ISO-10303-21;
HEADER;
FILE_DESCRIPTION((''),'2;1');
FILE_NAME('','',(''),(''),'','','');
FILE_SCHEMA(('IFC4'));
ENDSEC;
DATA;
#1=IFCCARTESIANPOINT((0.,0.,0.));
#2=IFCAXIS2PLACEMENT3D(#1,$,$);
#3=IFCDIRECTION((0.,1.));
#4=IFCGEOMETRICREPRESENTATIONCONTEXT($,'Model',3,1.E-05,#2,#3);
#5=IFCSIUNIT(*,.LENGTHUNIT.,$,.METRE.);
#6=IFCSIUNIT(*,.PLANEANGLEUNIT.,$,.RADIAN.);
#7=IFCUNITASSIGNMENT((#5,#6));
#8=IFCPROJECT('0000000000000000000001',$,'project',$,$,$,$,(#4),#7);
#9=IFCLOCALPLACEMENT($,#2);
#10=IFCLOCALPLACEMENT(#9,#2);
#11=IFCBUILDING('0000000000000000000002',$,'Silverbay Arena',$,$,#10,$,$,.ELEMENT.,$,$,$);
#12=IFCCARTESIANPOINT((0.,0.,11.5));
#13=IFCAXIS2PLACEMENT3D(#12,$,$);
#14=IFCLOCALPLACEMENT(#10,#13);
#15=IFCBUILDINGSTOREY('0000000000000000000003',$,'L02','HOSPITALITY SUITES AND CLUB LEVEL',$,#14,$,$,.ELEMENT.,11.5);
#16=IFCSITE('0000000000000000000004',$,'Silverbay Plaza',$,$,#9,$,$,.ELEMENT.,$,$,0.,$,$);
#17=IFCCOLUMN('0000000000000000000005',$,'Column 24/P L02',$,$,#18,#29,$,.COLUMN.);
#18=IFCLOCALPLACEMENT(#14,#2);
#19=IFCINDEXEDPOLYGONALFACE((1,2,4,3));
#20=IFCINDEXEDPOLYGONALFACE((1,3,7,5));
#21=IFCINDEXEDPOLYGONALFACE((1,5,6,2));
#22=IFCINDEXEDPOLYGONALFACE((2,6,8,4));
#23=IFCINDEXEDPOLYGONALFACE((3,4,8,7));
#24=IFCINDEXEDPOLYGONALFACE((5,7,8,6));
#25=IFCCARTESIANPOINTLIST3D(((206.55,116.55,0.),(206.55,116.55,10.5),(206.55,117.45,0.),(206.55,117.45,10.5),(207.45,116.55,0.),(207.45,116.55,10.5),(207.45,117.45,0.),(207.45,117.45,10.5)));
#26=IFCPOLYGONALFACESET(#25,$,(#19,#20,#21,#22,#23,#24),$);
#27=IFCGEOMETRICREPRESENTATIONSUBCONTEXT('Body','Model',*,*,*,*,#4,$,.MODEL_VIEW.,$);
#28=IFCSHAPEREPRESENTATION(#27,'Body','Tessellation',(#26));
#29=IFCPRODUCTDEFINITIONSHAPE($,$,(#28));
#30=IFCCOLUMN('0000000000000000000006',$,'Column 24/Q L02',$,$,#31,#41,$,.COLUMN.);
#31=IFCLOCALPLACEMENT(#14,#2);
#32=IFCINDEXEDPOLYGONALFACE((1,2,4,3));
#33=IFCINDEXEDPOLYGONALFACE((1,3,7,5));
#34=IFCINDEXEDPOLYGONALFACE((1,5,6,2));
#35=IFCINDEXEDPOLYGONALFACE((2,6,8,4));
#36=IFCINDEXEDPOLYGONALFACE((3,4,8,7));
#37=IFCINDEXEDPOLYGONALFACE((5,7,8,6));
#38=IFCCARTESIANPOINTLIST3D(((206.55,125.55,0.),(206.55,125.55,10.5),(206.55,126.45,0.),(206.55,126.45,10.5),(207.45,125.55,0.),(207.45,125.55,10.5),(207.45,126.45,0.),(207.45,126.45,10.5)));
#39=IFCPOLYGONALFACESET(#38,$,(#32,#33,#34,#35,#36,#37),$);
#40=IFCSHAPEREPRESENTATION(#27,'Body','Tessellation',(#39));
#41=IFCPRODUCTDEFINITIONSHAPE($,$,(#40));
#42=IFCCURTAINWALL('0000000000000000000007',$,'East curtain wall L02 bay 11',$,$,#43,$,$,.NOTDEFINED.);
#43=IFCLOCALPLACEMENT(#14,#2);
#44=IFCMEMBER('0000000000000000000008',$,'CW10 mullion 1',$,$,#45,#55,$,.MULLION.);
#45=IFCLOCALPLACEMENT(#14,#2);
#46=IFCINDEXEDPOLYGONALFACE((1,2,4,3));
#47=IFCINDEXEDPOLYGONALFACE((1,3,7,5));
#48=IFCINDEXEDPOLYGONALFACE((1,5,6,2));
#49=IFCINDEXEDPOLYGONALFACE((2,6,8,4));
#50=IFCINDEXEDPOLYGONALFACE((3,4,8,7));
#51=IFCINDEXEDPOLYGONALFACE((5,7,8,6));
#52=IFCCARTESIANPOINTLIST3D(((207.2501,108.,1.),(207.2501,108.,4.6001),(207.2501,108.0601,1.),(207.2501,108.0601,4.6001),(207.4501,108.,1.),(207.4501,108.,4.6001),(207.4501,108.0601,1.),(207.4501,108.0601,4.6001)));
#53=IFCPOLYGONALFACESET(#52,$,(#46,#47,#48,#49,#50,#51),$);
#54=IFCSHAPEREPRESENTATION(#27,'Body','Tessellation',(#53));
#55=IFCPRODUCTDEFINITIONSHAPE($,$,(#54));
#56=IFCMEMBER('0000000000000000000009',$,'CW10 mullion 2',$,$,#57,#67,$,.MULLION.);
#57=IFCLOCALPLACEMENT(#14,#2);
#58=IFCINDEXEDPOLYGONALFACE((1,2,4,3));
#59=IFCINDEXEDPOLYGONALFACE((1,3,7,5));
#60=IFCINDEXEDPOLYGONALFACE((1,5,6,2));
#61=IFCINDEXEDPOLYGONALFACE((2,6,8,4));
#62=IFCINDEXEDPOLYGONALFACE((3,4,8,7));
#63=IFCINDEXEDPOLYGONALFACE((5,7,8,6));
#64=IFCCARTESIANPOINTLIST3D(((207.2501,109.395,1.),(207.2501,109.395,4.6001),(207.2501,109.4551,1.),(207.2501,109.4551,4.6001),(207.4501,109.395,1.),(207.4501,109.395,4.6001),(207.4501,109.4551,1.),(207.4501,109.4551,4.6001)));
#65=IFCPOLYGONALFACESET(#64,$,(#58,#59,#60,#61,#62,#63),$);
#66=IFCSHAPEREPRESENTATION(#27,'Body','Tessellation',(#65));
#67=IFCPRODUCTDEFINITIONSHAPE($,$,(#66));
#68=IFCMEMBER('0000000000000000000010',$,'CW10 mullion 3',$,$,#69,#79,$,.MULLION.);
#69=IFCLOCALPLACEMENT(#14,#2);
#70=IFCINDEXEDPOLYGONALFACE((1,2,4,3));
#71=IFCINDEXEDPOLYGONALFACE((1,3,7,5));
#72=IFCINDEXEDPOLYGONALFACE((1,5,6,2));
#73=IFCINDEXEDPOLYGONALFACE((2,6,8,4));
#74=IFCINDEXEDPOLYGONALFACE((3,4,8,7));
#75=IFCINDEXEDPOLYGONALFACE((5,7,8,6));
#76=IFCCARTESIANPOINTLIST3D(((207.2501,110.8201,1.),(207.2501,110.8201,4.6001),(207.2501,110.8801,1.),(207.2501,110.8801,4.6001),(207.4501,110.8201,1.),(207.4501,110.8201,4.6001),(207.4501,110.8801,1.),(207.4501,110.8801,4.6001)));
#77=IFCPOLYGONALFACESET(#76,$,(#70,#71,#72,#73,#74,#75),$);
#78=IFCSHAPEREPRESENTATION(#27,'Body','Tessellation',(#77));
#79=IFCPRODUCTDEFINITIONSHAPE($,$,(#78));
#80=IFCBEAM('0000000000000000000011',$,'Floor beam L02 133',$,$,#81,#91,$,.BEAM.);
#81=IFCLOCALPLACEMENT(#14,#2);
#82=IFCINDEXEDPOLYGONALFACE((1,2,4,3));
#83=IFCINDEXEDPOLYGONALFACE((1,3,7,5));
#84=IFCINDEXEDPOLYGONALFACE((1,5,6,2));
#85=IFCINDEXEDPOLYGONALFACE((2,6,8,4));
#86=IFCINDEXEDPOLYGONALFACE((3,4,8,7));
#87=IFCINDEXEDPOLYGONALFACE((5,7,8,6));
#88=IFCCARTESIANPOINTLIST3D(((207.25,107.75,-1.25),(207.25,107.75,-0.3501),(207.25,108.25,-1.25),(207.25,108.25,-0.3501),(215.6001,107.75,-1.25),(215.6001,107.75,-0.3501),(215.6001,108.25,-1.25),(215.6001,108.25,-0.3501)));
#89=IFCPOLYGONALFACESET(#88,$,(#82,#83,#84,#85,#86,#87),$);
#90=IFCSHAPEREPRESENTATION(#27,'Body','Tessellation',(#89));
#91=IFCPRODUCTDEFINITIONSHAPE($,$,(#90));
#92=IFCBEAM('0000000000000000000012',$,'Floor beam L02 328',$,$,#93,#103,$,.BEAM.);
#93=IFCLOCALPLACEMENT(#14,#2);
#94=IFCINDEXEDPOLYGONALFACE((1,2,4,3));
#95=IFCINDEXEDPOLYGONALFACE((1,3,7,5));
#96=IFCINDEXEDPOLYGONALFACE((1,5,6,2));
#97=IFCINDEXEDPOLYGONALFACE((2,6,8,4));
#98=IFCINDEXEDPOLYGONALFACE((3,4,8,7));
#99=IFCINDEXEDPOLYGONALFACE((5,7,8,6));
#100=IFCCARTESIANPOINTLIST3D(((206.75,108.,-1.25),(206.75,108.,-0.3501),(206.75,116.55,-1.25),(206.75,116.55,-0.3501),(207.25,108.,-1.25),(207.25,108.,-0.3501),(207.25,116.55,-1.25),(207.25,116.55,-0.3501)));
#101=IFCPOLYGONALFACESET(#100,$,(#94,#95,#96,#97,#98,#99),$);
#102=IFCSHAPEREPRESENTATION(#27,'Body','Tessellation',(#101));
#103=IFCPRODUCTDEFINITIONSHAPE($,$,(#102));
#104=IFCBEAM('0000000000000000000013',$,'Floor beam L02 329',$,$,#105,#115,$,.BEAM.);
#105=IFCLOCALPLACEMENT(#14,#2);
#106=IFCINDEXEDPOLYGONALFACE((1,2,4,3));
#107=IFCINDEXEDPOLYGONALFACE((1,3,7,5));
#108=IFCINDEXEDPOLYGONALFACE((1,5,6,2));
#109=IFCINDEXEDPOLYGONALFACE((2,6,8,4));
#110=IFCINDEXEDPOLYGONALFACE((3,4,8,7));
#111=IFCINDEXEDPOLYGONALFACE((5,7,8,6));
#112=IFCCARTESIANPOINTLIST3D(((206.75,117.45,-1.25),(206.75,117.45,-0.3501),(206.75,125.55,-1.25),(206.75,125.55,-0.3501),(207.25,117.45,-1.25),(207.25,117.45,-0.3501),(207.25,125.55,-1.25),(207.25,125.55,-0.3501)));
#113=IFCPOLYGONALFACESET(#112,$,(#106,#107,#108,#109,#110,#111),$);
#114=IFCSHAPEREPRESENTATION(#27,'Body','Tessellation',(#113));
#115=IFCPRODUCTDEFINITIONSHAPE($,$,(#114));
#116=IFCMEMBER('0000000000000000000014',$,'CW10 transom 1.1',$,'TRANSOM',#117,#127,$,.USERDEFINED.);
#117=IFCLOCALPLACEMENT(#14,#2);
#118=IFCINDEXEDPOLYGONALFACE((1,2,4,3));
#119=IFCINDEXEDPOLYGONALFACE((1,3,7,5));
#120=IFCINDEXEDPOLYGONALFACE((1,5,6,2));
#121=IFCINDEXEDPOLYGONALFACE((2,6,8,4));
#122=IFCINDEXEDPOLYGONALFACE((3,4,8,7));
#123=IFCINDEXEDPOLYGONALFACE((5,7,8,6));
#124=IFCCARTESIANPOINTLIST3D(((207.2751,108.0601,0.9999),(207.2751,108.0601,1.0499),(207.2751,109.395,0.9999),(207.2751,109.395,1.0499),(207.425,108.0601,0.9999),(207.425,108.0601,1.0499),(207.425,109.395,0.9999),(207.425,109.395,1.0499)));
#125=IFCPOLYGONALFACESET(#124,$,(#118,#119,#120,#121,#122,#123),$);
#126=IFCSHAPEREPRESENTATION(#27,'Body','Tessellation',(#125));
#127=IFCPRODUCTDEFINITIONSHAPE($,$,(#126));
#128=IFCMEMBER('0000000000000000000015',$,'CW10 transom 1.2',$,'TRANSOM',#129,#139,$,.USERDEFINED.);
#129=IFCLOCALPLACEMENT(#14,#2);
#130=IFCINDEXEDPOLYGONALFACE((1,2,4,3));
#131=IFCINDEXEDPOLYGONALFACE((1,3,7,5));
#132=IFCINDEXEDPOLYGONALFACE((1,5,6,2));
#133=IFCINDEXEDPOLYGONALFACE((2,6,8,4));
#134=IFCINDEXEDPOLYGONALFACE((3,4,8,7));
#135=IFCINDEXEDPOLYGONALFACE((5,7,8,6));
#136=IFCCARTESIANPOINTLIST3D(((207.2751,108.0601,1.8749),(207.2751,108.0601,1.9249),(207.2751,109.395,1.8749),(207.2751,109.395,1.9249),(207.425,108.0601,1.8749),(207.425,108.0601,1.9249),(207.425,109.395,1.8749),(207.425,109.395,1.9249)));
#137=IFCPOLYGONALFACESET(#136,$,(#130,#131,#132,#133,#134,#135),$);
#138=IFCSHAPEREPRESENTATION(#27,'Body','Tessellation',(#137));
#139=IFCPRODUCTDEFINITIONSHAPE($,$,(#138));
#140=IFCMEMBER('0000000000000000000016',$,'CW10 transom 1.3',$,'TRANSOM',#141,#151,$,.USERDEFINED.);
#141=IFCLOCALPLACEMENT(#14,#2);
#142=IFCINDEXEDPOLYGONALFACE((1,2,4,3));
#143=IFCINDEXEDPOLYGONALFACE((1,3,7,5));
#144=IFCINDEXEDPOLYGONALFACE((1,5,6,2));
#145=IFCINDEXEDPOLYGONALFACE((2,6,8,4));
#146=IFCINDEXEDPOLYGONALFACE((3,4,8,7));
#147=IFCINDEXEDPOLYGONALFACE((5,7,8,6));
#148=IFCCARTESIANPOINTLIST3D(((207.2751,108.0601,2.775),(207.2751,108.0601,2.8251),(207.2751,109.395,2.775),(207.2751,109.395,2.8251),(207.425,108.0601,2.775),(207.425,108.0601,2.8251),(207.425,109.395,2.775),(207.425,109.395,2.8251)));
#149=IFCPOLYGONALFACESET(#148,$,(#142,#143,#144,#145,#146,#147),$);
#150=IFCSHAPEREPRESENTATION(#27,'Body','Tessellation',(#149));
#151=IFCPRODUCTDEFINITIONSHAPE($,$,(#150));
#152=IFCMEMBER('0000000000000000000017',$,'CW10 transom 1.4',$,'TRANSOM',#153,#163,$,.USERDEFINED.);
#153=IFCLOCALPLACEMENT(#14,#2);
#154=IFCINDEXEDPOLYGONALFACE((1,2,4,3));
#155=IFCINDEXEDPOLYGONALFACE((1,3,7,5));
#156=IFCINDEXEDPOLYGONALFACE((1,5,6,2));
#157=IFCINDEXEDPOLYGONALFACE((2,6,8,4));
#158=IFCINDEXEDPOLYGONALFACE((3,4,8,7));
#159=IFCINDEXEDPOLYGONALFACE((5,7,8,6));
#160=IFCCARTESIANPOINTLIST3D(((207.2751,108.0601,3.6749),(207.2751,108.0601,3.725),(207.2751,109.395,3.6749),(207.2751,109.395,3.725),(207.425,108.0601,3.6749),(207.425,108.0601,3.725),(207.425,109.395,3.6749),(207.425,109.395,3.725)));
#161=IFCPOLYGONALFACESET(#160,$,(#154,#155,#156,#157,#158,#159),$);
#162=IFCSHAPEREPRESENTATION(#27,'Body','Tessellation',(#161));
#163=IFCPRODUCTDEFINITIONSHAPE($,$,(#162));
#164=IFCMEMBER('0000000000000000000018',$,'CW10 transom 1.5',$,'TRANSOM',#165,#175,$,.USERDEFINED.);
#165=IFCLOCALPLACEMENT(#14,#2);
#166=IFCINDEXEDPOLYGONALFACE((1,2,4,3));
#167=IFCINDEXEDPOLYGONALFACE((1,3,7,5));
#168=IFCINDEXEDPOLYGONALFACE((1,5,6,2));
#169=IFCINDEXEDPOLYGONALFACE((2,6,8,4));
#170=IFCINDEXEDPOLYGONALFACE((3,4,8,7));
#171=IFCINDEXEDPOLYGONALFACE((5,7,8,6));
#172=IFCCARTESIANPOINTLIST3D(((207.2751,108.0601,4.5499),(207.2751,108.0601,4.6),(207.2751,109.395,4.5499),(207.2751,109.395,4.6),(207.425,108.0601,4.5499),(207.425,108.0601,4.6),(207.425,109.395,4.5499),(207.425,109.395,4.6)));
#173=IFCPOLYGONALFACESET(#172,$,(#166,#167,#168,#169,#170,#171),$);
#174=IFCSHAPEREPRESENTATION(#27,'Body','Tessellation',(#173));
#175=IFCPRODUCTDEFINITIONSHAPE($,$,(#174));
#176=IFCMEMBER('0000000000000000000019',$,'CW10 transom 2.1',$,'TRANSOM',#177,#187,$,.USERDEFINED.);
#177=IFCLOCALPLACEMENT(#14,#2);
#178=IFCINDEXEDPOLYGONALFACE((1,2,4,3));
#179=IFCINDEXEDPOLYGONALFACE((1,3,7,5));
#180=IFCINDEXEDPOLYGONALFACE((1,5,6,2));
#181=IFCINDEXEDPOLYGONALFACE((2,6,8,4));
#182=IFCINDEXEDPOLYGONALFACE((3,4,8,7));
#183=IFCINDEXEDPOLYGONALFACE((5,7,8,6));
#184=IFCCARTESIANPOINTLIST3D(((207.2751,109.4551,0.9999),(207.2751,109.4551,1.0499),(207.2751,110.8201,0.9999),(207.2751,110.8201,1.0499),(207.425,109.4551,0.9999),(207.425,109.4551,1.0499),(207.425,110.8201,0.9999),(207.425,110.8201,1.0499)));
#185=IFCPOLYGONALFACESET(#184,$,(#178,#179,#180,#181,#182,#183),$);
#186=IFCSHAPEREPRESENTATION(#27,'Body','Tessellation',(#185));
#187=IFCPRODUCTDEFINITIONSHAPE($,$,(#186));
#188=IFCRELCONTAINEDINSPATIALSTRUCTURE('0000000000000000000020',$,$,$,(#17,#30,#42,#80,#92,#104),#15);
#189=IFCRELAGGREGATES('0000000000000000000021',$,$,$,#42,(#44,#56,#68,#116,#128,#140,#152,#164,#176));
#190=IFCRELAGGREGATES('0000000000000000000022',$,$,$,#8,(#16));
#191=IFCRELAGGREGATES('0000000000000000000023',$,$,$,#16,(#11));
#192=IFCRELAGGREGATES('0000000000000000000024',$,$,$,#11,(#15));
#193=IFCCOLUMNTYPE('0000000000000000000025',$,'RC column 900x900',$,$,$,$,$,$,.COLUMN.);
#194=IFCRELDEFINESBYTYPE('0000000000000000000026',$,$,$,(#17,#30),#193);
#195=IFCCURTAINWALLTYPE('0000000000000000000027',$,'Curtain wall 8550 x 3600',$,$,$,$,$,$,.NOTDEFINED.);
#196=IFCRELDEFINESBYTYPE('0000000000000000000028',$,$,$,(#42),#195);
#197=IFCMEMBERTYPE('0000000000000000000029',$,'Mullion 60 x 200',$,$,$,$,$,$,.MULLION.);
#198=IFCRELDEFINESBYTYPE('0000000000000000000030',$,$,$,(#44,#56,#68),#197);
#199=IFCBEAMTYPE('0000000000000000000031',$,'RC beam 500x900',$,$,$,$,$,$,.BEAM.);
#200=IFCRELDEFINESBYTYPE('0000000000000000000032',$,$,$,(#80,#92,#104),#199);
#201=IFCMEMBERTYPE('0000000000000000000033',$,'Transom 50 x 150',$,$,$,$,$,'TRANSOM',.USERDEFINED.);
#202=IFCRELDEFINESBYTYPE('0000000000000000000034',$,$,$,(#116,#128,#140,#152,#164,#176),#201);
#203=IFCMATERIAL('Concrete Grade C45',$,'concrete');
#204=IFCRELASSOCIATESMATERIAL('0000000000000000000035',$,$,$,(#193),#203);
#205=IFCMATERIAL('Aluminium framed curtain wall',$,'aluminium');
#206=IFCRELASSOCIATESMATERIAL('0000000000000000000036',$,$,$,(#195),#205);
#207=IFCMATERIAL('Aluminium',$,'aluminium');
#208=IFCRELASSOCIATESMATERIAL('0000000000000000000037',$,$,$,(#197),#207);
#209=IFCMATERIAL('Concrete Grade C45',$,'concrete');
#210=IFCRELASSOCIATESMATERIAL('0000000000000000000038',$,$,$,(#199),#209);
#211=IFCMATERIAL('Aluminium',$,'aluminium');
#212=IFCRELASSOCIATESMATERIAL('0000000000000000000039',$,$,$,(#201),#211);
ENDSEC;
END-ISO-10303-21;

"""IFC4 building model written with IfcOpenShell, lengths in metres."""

from ifc_helpers import new_model, si_unit, direction, frame, origin, origin_2d, place, context, subcontext, project, spatial, rectangle, extrude, material, material_profile, profile_set, type_object, element, aggregate, save


model = new_model("IFC4")

# Units and contexts
model_context = context("Model", 3, precision=1e-05, world=origin(), true_north=direction((0.0, 1.0)))
body_context = subcontext(model_context, "Body", "Model", "MODEL_VIEW")
ifc_project = project(units=[si_unit("LENGTHUNIT", "METRE"), si_unit("PLANEANGLEUNIT", "RADIAN")], contexts=[model_context])

# Site, building, storey
site_placement = place(None, origin())
site = spatial("IfcSite", under=ifc_project, at=site_placement, Name="Silverbay Plaza", CompositionType="ELEMENT", RefElevation=0.0)
building_placement = place(site_placement, origin())
building = spatial("IfcBuilding", under=site, at=building_placement, Name="Silverbay Arena", CompositionType="ELEMENT")
storey_placement = place(building_placement, frame((0.0, 0.0, 11.5)))
storey = spatial("IfcBuildingStorey", under=building, at=storey_placement, Name="L02", Description="HOSPITALITY SUITES AND CLUB LEVEL", CompositionType="ELEMENT", Elevation=11.5)

# Columns
ifc_material_1 = material(Name="Concrete Grade C45", Category="concrete")
ifc_material_profile_1 = material_profile(ifc_material_1, rectangle(XDim=0.8999, YDim=0.8999, at=origin_2d()), Name="RC 900x900")
ifc_profile_set_1 = profile_set([ifc_material_profile_1], Name="Concrete Grade C45")
column_type = type_object("IfcColumnType", Name="RC column 900x900", PredefinedType="COLUMN", material=ifc_profile_set_1)
for number, where, z_axis, x_axis, name in (
    (1, (207.0, 117.0, 0.0), (0.0, 0.0, 1.0), (1.0, 0.0, 0.0), "Column 24/P L02"),
    (2, (207.0, 126.0, 0.0), (0.0, 0.0, 1.0), (1.0, 0.0, 0.0), "Column 24/Q L02"),
):
    element("IfcColumn", number, at=place(storey_placement, frame(where, z_axis=z_axis, x_axis=x_axis)), inside=storey, type_object=column_type, Name=name, PredefinedType="COLUMN", context=body_context, shape_type="SweptSolid", body=[
        extrude(rectangle(XDim=0.8999, YDim=0.8999, at=origin_2d()), origin(), (0.0, 0.0, 1.0), 10.5),
    ])

# Curtain wall, members
ifc_material_2 = material(Name="Aluminium framed curtain wall", Category="aluminium")
curtain_wall_type = type_object("IfcCurtainWallType", Name="Curtain wall 8550 x 3600", PredefinedType="NOTDEFINED", material=ifc_material_2)
curtain_wall_placement = place(storey_placement, origin())
curtain_wall = element("IfcCurtainWall", 3, at=curtain_wall_placement, inside=storey, type_object=curtain_wall_type, Name="East curtain wall L02 bay 11", PredefinedType="NOTDEFINED")
ifc_material_3 = material(Name="Aluminium", Category="aluminium")
ifc_material_profile_2 = material_profile(ifc_material_3, rectangle(XDim=0.2, YDim=0.0601, at=origin_2d()), Name="Mullion 60 x 200")
ifc_profile_set_2 = profile_set([ifc_material_profile_2], Name="Aluminium")
member_type_1 = type_object("IfcMemberType", Name="Mullion 60 x 200", PredefinedType="MULLION", material=ifc_profile_set_2)
member_1_placement = place(storey_placement, frame((207.3501, 108.03, 1.0), z_axis=(0.0, 0.0, 1.0), x_axis=(-1.0, 0.0, 0.0)))
member_1 = element("IfcMember", 4, at=member_1_placement, type_object=member_type_1, Name="CW10 mullion 1", PredefinedType="MULLION", context=body_context, shape_type="SweptSolid", body=[
    extrude(rectangle(XDim=0.2, YDim=0.0601, at=origin_2d()), origin(), (0.0, 0.0, 1.0), 3.6001),
])
member_2_placement = place(storey_placement, frame((207.3501, 109.425, 1.0), z_axis=(0.0, 0.0, 1.0), x_axis=(-1.0, 0.0, 0.0)))
member_2 = element("IfcMember", 5, at=member_2_placement, type_object=member_type_1, Name="CW10 mullion 2", PredefinedType="MULLION", context=body_context, shape_type="SweptSolid", body=[
    extrude(rectangle(XDim=0.2, YDim=0.0601, at=origin_2d()), origin(), (0.0, 0.0, 1.0), 3.6001),
])
member_3_placement = place(storey_placement, frame((207.3501, 110.8501, 1.0), z_axis=(0.0, 0.0, 1.0), x_axis=(-1.0, 0.0, 0.0)))
member_3 = element("IfcMember", 6, at=member_3_placement, type_object=member_type_1, Name="CW10 mullion 3", PredefinedType="MULLION", context=body_context, shape_type="SweptSolid", body=[
    extrude(rectangle(XDim=0.2, YDim=0.0601, at=origin_2d()), origin(), (0.0, 0.0, 1.0), 3.6001),
])

# Beams
ifc_material_4 = material(Name="Concrete Grade C45", Category="concrete")
ifc_material_profile_3 = material_profile(ifc_material_4, rectangle(XDim=0.5, YDim=0.8999, at=origin_2d()), Name="RC 500x900")
ifc_profile_set_3 = profile_set([ifc_material_profile_3], Name="Concrete Grade C45")
beam_type = type_object("IfcBeamType", Name="RC beam 500x900", PredefinedType="BEAM", material=ifc_profile_set_3)
beam_1_placement = place(storey_placement, frame((207.25, 108.0, -0.8), z_axis=(1.0, 0.0, 0.0), x_axis=(0.0, 1.0, 0.0)))
element("IfcBeam", 7, at=beam_1_placement, inside=storey, type_object=beam_type, Name="Floor beam L02 133", PredefinedType="BEAM", context=body_context, shape_type="SweptSolid", body=[
    extrude(rectangle(XDim=0.5, YDim=0.8999, at=origin_2d()), origin(), (0.0, 0.0, 1.0), 8.3501),
])
beam_2_placement = place(storey_placement, frame((207.0, 108.0, -0.8), z_axis=(0.0, 1.0, 0.0), x_axis=(-1.0, 0.0, 0.0)))
element("IfcBeam", 8, at=beam_2_placement, inside=storey, type_object=beam_type, Name="Floor beam L02 328", PredefinedType="BEAM", context=body_context, shape_type="SweptSolid", body=[
    extrude(rectangle(XDim=0.5, YDim=0.8999, at=origin_2d()), origin(), (0.0, 0.0, 1.0), 8.55),
])
beam_3_placement = place(storey_placement, frame((207.0, 117.45, -0.8), z_axis=(0.0, 1.0, 0.0), x_axis=(-1.0, 0.0, 0.0)))
element("IfcBeam", 9, at=beam_3_placement, inside=storey, type_object=beam_type, Name="Floor beam L02 329", PredefinedType="BEAM", context=body_context, shape_type="SweptSolid", body=[
    extrude(rectangle(XDim=0.5, YDim=0.8999, at=origin_2d()), origin(), (0.0, 0.0, 1.0), 8.1001),
])

# Members
ifc_material_5 = material(Name="Aluminium", Category="aluminium")
ifc_material_profile_4 = material_profile(ifc_material_5, rectangle(XDim=0.1499, YDim=0.05, at=origin_2d()), Name="Transom 50 x 150")
ifc_profile_set_4 = profile_set([ifc_material_profile_4], Name="Aluminium")
member_type_2 = type_object("IfcMemberType", Name="Transom 50 x 150", ElementType="TRANSOM", PredefinedType="USERDEFINED", material=ifc_profile_set_4)
member_4_placement = place(storey_placement, frame((207.3501, 108.0601, 1.0249), z_axis=(0.0, 1.0, 0.0), x_axis=(-1.0, 0.0, 0.0)))
member_4 = element("IfcMember", 10, at=member_4_placement, type_object=member_type_2, Name="CW10 transom 1.1", ObjectType="TRANSOM", PredefinedType="USERDEFINED", context=body_context, shape_type="SweptSolid", body=[
    extrude(rectangle(XDim=0.1499, YDim=0.05, at=origin_2d()), origin(), (0.0, 0.0, 1.0), 1.335),
])
member_5_placement = place(storey_placement, frame((207.3501, 108.0601, 1.8999), z_axis=(0.0, 1.0, 0.0), x_axis=(-1.0, 0.0, 0.0)))
member_5 = element("IfcMember", 11, at=member_5_placement, type_object=member_type_2, Name="CW10 transom 1.2", ObjectType="TRANSOM", PredefinedType="USERDEFINED", context=body_context, shape_type="SweptSolid", body=[
    extrude(rectangle(XDim=0.1499, YDim=0.05, at=origin_2d()), origin(), (0.0, 0.0, 1.0), 1.335),
])
member_6_placement = place(storey_placement, frame((207.3501, 108.0601, 2.8), z_axis=(0.0, 1.0, 0.0), x_axis=(-1.0, 0.0, 0.0)))
member_6 = element("IfcMember", 12, at=member_6_placement, type_object=member_type_2, Name="CW10 transom 1.3", ObjectType="TRANSOM", PredefinedType="USERDEFINED", context=body_context, shape_type="SweptSolid", body=[
    extrude(rectangle(XDim=0.1499, YDim=0.05, at=origin_2d()), origin(), (0.0, 0.0, 1.0), 1.335),
])
member_7_placement = place(storey_placement, frame((207.3501, 108.0601, 3.7), z_axis=(0.0, 1.0, 0.0), x_axis=(-1.0, 0.0, 0.0)))
member_7 = element("IfcMember", 13, at=member_7_placement, type_object=member_type_2, Name="CW10 transom 1.4", ObjectType="TRANSOM", PredefinedType="USERDEFINED", context=body_context, shape_type="SweptSolid", body=[
    extrude(rectangle(XDim=0.1499, YDim=0.05, at=origin_2d()), origin(), (0.0, 0.0, 1.0), 1.335),
])
member_8_placement = place(storey_placement, frame((207.3501, 108.0601, 4.575), z_axis=(0.0, 1.0, 0.0), x_axis=(-1.0, 0.0, 0.0)))
member_8 = element("IfcMember", 14, at=member_8_placement, type_object=member_type_2, Name="CW10 transom 1.5", ObjectType="TRANSOM", PredefinedType="USERDEFINED", context=body_context, shape_type="SweptSolid", body=[
    extrude(rectangle(XDim=0.1499, YDim=0.05, at=origin_2d()), origin(), (0.0, 0.0, 1.0), 1.335),
])
member_9_placement = place(storey_placement, frame((207.3501, 109.4551, 1.0249), z_axis=(0.0, 1.0, 0.0), x_axis=(-1.0, 0.0, 0.0)))
member_9 = element("IfcMember", 15, at=member_9_placement, type_object=member_type_2, Name="CW10 transom 2.1", ObjectType="TRANSOM", PredefinedType="USERDEFINED", context=body_context, shape_type="SweptSolid", body=[
    extrude(rectangle(XDim=0.1499, YDim=0.05, at=origin_2d()), origin(), (0.0, 0.0, 1.0), 1.365),
])

aggregate(curtain_wall, [member_1, member_2, member_3, member_4, member_5, member_6, member_7, member_8, member_9])

save(model, "model.ifc")
